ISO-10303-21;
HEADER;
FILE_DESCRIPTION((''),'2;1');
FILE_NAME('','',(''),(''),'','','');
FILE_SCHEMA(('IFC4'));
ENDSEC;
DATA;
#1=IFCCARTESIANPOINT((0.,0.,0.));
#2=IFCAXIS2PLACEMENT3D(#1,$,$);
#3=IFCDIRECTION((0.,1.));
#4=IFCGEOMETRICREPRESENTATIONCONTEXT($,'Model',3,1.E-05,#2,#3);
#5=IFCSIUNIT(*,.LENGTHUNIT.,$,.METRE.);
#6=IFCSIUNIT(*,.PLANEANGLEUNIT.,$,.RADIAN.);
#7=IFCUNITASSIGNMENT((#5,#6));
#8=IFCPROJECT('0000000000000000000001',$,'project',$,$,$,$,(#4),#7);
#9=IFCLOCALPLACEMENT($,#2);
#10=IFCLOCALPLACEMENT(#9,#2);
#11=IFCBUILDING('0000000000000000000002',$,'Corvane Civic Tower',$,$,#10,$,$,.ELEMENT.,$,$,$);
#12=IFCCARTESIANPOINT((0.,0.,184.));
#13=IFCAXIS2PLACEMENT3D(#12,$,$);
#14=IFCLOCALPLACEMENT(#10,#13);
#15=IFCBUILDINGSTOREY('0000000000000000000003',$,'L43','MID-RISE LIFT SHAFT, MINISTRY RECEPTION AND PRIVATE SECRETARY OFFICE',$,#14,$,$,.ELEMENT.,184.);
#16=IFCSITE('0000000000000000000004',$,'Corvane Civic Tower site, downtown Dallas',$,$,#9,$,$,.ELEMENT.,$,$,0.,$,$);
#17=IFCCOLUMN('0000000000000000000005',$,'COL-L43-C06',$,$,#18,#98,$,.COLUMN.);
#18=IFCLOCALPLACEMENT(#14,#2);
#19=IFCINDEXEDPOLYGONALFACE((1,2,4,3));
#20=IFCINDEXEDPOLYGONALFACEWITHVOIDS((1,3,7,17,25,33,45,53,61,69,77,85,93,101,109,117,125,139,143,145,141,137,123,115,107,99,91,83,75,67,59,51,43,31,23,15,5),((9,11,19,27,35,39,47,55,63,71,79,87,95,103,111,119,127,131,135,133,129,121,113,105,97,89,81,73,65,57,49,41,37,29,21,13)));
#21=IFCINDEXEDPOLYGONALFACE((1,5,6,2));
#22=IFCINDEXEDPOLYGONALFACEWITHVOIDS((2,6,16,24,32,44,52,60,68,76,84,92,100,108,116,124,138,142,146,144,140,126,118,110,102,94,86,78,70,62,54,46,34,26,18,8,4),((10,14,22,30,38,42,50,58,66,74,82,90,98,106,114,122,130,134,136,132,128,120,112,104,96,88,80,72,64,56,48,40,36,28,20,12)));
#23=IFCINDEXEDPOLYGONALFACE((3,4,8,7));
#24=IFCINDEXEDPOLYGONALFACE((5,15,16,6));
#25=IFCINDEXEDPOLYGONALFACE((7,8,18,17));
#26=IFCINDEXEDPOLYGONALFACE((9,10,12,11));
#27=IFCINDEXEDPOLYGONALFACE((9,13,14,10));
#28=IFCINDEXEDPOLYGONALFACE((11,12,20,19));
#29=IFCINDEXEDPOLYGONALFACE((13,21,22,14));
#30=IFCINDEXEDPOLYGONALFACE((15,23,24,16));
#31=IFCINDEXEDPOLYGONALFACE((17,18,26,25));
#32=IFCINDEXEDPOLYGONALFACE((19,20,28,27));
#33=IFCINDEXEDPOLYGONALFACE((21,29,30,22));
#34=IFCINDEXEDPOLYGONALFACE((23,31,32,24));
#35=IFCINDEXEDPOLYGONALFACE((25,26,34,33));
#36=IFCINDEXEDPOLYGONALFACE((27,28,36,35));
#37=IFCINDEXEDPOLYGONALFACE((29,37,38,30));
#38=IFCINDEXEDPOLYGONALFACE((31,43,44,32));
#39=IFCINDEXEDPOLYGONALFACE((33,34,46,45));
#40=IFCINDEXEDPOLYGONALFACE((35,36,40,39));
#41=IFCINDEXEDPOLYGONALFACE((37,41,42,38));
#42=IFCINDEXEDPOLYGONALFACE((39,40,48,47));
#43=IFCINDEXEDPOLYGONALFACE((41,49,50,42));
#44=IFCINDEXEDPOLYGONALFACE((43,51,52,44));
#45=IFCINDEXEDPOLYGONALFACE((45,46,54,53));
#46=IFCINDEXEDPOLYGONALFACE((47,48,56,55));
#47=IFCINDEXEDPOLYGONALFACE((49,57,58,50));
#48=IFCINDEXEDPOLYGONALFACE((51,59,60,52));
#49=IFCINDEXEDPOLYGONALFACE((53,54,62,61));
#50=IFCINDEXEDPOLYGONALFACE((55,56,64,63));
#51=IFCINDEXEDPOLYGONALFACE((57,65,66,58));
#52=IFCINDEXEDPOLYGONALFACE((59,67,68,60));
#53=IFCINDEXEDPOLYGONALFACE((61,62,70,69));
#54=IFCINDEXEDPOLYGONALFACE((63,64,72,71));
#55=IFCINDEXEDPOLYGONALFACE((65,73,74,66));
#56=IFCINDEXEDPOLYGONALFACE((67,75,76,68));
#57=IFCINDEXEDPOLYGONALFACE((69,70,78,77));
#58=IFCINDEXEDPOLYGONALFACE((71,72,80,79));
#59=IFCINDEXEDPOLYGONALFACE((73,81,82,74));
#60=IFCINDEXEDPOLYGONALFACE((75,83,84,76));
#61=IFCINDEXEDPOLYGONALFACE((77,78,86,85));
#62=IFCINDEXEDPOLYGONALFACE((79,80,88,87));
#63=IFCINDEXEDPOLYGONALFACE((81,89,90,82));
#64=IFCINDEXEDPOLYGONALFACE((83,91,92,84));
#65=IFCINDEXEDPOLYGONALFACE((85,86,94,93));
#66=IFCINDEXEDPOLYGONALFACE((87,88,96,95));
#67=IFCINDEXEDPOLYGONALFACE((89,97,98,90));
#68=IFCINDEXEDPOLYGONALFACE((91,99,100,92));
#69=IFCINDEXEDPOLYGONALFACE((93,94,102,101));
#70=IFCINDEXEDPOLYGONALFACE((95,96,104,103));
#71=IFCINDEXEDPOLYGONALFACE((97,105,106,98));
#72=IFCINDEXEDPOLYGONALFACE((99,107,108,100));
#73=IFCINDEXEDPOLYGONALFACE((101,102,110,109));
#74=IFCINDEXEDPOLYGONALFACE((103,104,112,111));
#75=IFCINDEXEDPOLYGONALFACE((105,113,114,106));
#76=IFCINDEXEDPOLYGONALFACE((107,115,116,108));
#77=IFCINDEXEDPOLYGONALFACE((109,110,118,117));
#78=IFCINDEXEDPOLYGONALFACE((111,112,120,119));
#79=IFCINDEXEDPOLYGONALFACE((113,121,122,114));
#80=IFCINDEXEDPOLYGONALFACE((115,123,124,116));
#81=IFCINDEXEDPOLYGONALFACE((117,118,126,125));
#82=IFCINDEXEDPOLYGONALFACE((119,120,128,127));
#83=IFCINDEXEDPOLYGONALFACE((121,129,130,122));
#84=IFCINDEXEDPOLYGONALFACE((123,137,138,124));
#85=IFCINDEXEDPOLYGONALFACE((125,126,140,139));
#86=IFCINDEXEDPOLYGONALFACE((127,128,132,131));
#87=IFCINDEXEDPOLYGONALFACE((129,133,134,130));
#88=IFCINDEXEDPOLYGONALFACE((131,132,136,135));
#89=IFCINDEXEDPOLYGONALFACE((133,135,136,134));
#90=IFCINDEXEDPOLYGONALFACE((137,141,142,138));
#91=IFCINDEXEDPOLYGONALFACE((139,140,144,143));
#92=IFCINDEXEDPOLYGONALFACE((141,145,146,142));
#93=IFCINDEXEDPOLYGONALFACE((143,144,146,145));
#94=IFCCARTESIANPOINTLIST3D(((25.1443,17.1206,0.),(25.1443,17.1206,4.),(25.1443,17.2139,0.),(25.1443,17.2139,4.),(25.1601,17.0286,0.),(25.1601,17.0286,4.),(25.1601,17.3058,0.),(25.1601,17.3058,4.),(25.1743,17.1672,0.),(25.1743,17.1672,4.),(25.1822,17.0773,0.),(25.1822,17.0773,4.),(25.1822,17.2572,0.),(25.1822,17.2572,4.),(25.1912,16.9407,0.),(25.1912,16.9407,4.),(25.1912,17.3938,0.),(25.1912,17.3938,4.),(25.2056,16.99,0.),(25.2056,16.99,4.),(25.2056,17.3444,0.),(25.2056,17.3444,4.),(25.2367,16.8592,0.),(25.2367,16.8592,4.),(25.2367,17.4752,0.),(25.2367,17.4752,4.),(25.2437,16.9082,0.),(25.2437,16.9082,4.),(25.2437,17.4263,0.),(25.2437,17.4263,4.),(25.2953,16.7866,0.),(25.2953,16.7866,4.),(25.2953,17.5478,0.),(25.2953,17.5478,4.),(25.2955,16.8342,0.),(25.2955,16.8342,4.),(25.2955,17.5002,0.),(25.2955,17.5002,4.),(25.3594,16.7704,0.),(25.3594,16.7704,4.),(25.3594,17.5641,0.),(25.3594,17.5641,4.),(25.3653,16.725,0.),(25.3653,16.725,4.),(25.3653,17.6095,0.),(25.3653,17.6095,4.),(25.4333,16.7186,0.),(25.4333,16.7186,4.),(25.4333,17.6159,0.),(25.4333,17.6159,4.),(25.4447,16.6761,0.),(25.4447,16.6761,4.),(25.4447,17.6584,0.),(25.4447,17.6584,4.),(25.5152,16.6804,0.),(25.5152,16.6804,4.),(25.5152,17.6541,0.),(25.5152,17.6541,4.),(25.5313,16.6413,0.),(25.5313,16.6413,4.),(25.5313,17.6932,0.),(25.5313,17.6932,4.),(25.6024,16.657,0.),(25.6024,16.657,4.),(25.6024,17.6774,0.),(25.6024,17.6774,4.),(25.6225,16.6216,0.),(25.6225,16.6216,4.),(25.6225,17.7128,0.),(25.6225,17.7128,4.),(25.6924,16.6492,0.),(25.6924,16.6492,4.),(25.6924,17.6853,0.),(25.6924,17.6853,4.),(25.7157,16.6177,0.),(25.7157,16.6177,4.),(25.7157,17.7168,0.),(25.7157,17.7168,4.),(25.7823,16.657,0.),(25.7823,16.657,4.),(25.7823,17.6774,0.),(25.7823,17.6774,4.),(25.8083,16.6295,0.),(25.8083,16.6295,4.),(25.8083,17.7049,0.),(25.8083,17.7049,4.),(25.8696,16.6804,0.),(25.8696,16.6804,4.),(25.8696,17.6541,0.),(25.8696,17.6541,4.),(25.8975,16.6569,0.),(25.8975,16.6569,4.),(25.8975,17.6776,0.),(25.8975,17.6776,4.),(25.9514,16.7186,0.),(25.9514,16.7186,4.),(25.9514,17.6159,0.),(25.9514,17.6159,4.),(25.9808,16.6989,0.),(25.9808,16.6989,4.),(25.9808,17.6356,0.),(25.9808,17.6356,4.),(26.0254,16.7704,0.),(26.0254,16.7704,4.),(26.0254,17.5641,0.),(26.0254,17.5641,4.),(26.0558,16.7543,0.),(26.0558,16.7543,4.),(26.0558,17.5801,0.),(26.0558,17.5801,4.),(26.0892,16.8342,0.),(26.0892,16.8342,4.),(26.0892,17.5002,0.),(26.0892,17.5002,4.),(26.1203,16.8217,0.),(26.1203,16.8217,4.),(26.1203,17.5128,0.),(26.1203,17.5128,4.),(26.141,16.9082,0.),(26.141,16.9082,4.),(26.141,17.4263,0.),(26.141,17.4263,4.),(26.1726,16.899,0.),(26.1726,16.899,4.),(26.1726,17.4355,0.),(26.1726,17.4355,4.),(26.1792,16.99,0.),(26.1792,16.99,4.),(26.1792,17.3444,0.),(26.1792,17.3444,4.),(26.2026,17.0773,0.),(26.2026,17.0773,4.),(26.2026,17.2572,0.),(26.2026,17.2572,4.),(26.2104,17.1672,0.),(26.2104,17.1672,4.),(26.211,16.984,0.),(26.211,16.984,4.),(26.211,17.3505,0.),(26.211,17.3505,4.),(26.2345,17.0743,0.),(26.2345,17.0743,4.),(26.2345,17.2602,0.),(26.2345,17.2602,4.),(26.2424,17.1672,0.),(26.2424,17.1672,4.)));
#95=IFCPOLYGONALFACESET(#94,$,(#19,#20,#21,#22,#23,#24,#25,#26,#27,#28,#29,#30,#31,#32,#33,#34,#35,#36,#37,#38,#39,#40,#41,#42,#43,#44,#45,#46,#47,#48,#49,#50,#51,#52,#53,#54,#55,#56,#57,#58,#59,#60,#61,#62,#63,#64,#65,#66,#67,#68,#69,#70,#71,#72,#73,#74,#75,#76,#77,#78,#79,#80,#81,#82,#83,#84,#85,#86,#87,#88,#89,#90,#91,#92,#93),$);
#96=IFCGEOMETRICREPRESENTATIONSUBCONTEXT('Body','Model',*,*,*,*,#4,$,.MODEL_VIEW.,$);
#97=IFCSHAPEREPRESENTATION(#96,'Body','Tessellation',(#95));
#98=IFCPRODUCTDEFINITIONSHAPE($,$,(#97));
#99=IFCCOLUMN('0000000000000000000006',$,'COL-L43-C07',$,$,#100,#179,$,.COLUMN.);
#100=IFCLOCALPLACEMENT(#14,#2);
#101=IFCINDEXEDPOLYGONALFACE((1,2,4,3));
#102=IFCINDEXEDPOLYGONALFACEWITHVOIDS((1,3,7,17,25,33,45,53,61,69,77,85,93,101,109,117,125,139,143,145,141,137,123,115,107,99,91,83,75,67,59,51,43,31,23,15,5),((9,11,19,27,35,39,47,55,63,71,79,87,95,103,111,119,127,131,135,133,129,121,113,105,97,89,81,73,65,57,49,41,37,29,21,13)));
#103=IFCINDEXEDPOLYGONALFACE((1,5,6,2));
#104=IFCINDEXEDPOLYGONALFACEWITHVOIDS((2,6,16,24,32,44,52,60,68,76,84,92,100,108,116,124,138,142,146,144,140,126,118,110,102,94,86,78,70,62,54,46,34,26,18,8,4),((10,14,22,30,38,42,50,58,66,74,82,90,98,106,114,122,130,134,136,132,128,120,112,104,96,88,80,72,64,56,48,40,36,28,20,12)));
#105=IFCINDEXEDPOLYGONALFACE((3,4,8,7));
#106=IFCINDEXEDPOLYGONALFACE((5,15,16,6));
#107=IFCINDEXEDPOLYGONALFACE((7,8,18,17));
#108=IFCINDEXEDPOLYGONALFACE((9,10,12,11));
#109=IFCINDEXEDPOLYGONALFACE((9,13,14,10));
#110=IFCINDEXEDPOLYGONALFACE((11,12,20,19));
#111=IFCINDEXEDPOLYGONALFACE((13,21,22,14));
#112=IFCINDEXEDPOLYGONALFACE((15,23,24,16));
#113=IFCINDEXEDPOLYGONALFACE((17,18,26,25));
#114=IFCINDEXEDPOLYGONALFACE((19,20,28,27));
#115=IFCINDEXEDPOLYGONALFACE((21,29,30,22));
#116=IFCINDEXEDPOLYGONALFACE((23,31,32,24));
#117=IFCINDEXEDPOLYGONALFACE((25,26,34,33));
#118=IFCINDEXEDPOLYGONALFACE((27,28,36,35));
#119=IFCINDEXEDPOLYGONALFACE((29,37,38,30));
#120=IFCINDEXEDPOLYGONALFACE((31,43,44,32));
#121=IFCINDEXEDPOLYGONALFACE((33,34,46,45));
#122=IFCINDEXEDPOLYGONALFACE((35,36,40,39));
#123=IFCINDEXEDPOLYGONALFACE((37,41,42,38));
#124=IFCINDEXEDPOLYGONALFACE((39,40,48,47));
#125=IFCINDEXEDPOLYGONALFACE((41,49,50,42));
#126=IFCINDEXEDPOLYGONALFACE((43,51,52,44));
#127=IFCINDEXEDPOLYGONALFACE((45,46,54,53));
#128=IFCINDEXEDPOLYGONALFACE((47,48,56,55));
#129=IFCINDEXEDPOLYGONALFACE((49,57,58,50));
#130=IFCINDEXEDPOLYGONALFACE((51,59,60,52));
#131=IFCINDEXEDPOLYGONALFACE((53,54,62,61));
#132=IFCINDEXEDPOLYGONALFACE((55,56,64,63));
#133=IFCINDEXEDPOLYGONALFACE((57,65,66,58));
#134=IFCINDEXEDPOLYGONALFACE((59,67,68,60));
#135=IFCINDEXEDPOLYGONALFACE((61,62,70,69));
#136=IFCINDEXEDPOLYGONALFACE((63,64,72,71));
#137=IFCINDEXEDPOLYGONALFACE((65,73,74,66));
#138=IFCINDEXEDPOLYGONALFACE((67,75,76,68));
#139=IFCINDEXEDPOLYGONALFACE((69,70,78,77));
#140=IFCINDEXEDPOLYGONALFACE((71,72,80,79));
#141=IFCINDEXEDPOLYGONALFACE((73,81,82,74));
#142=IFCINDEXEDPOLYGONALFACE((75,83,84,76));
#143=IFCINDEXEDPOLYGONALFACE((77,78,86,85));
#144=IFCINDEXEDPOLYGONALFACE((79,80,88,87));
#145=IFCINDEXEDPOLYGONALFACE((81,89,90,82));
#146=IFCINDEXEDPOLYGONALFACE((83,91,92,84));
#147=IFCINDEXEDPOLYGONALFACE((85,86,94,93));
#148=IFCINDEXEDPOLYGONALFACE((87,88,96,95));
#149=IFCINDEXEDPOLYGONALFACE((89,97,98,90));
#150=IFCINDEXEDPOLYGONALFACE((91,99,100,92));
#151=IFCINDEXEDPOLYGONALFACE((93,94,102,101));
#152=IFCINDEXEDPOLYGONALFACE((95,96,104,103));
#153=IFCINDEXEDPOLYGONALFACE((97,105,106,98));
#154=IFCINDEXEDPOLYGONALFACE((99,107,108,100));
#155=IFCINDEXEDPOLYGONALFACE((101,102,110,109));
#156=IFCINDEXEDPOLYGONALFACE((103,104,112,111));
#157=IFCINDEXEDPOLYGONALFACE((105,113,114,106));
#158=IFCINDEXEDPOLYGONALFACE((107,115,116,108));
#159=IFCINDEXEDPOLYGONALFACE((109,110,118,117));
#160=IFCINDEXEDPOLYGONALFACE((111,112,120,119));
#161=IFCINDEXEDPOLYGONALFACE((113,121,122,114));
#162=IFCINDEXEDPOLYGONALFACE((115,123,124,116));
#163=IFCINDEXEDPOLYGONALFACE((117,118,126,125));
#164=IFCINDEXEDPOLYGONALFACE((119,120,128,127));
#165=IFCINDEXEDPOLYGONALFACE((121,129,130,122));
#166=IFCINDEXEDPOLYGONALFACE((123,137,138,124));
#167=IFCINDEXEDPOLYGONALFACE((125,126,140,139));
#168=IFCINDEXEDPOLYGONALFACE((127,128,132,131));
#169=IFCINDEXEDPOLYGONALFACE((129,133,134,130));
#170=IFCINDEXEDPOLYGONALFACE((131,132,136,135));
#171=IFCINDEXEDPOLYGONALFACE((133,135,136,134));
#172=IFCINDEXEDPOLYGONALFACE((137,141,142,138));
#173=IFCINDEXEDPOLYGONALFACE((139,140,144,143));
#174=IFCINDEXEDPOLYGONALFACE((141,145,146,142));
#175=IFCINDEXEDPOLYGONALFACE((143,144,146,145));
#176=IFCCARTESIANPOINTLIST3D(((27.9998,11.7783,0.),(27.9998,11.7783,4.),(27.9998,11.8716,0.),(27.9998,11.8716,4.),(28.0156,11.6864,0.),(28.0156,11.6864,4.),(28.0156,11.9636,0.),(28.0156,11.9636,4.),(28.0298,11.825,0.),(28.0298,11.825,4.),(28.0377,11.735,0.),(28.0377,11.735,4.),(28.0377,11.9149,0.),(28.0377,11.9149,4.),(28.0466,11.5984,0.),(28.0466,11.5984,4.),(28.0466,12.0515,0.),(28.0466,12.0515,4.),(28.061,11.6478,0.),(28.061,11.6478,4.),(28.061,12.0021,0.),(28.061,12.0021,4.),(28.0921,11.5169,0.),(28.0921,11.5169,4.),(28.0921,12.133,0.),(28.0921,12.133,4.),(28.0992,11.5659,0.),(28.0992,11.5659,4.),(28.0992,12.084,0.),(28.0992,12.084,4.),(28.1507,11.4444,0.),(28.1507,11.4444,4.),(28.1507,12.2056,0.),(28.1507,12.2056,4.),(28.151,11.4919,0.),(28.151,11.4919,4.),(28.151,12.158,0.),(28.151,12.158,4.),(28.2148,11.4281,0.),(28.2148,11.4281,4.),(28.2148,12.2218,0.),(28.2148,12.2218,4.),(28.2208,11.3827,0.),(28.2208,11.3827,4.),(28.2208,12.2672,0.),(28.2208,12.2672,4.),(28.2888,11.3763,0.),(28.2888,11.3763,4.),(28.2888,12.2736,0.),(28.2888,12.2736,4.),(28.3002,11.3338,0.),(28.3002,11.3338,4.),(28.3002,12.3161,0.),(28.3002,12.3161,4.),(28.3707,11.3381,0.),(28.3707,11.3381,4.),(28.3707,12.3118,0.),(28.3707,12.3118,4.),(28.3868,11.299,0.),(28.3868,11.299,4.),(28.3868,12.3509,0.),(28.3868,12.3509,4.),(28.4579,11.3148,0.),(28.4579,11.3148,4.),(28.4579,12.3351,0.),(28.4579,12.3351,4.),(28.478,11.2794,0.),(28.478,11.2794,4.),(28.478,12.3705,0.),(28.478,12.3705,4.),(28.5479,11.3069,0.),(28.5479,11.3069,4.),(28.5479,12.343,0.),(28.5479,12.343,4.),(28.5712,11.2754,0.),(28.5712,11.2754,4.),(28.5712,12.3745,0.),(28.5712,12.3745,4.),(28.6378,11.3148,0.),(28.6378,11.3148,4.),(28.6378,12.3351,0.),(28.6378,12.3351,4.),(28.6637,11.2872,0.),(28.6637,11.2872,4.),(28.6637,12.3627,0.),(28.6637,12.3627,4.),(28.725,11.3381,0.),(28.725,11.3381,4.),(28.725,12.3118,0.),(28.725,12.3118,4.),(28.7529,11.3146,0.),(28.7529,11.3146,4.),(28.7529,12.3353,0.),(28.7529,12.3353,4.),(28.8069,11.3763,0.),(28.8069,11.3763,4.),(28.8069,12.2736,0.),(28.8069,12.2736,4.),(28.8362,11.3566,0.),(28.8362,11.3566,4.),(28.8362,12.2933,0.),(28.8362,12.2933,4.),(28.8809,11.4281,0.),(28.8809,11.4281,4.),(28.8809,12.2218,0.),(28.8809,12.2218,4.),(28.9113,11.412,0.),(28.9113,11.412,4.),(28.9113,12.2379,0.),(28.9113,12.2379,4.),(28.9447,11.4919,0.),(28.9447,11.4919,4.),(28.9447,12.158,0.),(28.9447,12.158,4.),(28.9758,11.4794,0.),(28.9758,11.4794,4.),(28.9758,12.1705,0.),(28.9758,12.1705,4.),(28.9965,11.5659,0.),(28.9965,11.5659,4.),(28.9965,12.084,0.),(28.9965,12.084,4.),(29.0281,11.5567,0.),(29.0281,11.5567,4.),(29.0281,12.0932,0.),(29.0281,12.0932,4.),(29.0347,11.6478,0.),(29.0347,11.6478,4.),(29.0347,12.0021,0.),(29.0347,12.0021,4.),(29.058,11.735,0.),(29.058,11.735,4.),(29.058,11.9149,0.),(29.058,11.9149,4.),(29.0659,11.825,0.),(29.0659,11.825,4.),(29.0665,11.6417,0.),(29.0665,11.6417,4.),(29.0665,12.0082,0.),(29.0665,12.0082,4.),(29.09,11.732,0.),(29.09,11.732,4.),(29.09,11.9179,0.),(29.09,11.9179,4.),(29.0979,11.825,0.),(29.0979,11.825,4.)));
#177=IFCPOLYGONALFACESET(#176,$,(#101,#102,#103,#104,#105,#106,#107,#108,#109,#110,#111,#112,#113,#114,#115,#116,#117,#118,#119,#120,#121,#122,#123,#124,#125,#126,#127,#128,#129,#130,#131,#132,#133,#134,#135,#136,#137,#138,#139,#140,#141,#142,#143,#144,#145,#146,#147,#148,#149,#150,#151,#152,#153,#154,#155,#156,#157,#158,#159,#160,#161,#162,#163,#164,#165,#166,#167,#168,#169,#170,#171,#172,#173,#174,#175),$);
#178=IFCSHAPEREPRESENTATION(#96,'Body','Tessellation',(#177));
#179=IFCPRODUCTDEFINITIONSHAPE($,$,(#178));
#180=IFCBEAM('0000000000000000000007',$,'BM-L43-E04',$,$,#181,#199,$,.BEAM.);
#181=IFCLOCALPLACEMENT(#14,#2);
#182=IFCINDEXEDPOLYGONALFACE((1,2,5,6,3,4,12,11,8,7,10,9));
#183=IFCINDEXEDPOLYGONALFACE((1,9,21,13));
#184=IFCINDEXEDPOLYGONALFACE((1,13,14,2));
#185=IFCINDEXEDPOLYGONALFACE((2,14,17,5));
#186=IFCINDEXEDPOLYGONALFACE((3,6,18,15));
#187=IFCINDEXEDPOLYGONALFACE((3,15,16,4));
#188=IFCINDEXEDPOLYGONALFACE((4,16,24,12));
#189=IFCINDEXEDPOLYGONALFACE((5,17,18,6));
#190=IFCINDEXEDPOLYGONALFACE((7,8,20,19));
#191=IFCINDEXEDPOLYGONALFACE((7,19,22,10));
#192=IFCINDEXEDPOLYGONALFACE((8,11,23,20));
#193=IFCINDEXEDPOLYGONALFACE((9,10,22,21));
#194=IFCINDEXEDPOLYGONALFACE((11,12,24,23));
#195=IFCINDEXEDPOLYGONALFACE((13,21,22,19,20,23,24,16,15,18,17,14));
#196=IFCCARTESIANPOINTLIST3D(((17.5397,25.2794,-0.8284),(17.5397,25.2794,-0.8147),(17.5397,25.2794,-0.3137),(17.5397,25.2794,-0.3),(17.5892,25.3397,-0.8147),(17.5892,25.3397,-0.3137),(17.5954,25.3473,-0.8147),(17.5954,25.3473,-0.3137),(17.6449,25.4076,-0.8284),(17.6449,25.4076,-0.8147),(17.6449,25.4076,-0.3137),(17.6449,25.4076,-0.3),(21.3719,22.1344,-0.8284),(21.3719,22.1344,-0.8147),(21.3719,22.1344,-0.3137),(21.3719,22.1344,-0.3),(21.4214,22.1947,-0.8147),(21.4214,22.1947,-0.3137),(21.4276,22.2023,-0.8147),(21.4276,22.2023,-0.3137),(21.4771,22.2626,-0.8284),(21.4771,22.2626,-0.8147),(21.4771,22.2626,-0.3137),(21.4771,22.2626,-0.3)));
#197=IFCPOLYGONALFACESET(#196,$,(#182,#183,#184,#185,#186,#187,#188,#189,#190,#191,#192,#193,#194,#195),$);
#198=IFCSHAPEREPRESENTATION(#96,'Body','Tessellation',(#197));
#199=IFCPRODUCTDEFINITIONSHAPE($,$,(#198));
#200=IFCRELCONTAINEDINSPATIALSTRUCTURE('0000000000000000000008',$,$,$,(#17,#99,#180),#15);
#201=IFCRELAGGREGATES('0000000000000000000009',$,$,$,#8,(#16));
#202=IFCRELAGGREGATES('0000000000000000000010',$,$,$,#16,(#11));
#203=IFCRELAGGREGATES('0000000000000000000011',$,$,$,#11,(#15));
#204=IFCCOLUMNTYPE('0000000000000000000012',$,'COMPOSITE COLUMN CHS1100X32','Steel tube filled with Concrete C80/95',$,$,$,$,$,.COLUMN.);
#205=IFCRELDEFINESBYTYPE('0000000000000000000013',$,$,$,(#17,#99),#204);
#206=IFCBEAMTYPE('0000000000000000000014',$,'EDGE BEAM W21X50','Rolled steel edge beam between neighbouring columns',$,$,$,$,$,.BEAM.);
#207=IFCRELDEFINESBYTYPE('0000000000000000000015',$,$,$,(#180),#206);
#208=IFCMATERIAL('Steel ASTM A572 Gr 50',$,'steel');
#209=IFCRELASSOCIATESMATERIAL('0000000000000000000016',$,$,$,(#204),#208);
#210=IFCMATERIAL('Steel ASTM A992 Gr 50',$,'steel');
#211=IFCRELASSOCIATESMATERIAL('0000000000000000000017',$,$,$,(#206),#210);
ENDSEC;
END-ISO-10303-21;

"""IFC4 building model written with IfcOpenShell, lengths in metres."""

from ifc_helpers import new_model, si_unit, direction, frame, origin, origin_2d, place, context, subcontext, project, spatial, hollow_circle, i_section, extrude, material, material_profile, profile_set, type_object, element, save


model = new_model("IFC4")

# Units and contexts
model_context = context("Model", 3, precision=1e-05, world=origin(), true_north=direction((0.0, 1.0)))
body_context = subcontext(model_context, "Body", "Model", "MODEL_VIEW")
ifc_project = project(units=[si_unit("LENGTHUNIT", "METRE"), si_unit("PLANEANGLEUNIT", "RADIAN")], contexts=[model_context])

# Site, building, storey
site_placement = place(None, origin())
site = spatial("IfcSite", under=ifc_project, at=site_placement, Name="Corvane Civic Tower site, downtown Dallas", CompositionType="ELEMENT", RefElevation=0.0)
building_placement = place(site_placement, origin())
building = spatial("IfcBuilding", under=site, at=building_placement, Name="Corvane Civic Tower", CompositionType="ELEMENT")
storey_placement = place(building_placement, frame((0.0, 0.0, 184.0)))
storey = spatial("IfcBuildingStorey", under=building, at=storey_placement, Name="L43", Description="MID-RISE LIFT SHAFT, MINISTRY RECEPTION AND PRIVATE SECRETARY OFFICE", CompositionType="ELEMENT", Elevation=184.0)

# Columns
ifc_material_1 = material(Name="Steel ASTM A572 Gr 50", Category="steel")
ifc_material_profile_1 = material_profile(ifc_material_1, hollow_circle(Radius=0.55, WallThickness=0.032, at=origin_2d()), Name="CHS1100X32")
ifc_profile_set_1 = profile_set([ifc_material_profile_1], Name="Steel ASTM A572 Gr 50")
column_type = type_object("IfcColumnType", Name="COMPOSITE COLUMN CHS1100X32", Description="Steel tube filled with Concrete C80/95", PredefinedType="COLUMN", material=ifc_profile_set_1)
for number, where, z_axis, x_axis, name in (
    (1, (25.6924, 17.1672, 0.0), (0.0, 0.0, 1.0), (1.0, 0.0, 0.0), "COL-L43-C06"),
    (2, (28.5479, 11.825, 0.0), (0.0, 0.0, 1.0), (1.0, 0.0, 0.0), "COL-L43-C07"),
):
    element("IfcColumn", number, at=place(storey_placement, frame(where, z_axis=z_axis, x_axis=x_axis)), inside=storey, type_object=column_type, Name=name, PredefinedType="COLUMN", context=body_context, shape_type="SweptSolid", body=[
        extrude(hollow_circle(Radius=0.55, WallThickness=0.032, at=origin_2d()), origin(), (0.0, 0.0, 1.0), 4.0),
    ])

# Beam
ifc_material_2 = material(Name="Steel ASTM A992 Gr 50", Category="steel")
ifc_material_profile_2 = material_profile(ifc_material_2, i_section(OverallWidth=0.1658, OverallDepth=0.5283, WebThickness=0.0098, FlangeThickness=0.0137, at=origin_2d()), Name="W21X50")
ifc_profile_set_2 = profile_set([ifc_material_profile_2], Name="Steel ASTM A992 Gr 50")
beam_type_1 = type_object("IfcBeamType", Name="EDGE BEAM W21X50", Description="Rolled steel edge beam between neighbouring columns", PredefinedType="BEAM", material=ifc_profile_set_2)
for number, where, z_axis, x_axis, name in (
    (3, (17.5923, 25.3435, -0.5642), (0.773015, -0.634388, 0.0), (0.634388, 0.773015, 0.0), "BM-L43-E04"),
):
    element("IfcBeam", number, at=place(storey_placement, frame(where, z_axis=z_axis, x_axis=x_axis)), inside=storey, type_object=beam_type_1, Name=name, PredefinedType="BEAM", context=body_context, shape_type="SweptSolid", body=[
        extrude(i_section(OverallWidth=0.1658, OverallDepth=0.5283, WebThickness=0.0098, FlangeThickness=0.0137, at=origin_2d()), origin(), (0.0, 0.0, 1.0), 4.9575),
    ])

save(model, "model.ifc")
